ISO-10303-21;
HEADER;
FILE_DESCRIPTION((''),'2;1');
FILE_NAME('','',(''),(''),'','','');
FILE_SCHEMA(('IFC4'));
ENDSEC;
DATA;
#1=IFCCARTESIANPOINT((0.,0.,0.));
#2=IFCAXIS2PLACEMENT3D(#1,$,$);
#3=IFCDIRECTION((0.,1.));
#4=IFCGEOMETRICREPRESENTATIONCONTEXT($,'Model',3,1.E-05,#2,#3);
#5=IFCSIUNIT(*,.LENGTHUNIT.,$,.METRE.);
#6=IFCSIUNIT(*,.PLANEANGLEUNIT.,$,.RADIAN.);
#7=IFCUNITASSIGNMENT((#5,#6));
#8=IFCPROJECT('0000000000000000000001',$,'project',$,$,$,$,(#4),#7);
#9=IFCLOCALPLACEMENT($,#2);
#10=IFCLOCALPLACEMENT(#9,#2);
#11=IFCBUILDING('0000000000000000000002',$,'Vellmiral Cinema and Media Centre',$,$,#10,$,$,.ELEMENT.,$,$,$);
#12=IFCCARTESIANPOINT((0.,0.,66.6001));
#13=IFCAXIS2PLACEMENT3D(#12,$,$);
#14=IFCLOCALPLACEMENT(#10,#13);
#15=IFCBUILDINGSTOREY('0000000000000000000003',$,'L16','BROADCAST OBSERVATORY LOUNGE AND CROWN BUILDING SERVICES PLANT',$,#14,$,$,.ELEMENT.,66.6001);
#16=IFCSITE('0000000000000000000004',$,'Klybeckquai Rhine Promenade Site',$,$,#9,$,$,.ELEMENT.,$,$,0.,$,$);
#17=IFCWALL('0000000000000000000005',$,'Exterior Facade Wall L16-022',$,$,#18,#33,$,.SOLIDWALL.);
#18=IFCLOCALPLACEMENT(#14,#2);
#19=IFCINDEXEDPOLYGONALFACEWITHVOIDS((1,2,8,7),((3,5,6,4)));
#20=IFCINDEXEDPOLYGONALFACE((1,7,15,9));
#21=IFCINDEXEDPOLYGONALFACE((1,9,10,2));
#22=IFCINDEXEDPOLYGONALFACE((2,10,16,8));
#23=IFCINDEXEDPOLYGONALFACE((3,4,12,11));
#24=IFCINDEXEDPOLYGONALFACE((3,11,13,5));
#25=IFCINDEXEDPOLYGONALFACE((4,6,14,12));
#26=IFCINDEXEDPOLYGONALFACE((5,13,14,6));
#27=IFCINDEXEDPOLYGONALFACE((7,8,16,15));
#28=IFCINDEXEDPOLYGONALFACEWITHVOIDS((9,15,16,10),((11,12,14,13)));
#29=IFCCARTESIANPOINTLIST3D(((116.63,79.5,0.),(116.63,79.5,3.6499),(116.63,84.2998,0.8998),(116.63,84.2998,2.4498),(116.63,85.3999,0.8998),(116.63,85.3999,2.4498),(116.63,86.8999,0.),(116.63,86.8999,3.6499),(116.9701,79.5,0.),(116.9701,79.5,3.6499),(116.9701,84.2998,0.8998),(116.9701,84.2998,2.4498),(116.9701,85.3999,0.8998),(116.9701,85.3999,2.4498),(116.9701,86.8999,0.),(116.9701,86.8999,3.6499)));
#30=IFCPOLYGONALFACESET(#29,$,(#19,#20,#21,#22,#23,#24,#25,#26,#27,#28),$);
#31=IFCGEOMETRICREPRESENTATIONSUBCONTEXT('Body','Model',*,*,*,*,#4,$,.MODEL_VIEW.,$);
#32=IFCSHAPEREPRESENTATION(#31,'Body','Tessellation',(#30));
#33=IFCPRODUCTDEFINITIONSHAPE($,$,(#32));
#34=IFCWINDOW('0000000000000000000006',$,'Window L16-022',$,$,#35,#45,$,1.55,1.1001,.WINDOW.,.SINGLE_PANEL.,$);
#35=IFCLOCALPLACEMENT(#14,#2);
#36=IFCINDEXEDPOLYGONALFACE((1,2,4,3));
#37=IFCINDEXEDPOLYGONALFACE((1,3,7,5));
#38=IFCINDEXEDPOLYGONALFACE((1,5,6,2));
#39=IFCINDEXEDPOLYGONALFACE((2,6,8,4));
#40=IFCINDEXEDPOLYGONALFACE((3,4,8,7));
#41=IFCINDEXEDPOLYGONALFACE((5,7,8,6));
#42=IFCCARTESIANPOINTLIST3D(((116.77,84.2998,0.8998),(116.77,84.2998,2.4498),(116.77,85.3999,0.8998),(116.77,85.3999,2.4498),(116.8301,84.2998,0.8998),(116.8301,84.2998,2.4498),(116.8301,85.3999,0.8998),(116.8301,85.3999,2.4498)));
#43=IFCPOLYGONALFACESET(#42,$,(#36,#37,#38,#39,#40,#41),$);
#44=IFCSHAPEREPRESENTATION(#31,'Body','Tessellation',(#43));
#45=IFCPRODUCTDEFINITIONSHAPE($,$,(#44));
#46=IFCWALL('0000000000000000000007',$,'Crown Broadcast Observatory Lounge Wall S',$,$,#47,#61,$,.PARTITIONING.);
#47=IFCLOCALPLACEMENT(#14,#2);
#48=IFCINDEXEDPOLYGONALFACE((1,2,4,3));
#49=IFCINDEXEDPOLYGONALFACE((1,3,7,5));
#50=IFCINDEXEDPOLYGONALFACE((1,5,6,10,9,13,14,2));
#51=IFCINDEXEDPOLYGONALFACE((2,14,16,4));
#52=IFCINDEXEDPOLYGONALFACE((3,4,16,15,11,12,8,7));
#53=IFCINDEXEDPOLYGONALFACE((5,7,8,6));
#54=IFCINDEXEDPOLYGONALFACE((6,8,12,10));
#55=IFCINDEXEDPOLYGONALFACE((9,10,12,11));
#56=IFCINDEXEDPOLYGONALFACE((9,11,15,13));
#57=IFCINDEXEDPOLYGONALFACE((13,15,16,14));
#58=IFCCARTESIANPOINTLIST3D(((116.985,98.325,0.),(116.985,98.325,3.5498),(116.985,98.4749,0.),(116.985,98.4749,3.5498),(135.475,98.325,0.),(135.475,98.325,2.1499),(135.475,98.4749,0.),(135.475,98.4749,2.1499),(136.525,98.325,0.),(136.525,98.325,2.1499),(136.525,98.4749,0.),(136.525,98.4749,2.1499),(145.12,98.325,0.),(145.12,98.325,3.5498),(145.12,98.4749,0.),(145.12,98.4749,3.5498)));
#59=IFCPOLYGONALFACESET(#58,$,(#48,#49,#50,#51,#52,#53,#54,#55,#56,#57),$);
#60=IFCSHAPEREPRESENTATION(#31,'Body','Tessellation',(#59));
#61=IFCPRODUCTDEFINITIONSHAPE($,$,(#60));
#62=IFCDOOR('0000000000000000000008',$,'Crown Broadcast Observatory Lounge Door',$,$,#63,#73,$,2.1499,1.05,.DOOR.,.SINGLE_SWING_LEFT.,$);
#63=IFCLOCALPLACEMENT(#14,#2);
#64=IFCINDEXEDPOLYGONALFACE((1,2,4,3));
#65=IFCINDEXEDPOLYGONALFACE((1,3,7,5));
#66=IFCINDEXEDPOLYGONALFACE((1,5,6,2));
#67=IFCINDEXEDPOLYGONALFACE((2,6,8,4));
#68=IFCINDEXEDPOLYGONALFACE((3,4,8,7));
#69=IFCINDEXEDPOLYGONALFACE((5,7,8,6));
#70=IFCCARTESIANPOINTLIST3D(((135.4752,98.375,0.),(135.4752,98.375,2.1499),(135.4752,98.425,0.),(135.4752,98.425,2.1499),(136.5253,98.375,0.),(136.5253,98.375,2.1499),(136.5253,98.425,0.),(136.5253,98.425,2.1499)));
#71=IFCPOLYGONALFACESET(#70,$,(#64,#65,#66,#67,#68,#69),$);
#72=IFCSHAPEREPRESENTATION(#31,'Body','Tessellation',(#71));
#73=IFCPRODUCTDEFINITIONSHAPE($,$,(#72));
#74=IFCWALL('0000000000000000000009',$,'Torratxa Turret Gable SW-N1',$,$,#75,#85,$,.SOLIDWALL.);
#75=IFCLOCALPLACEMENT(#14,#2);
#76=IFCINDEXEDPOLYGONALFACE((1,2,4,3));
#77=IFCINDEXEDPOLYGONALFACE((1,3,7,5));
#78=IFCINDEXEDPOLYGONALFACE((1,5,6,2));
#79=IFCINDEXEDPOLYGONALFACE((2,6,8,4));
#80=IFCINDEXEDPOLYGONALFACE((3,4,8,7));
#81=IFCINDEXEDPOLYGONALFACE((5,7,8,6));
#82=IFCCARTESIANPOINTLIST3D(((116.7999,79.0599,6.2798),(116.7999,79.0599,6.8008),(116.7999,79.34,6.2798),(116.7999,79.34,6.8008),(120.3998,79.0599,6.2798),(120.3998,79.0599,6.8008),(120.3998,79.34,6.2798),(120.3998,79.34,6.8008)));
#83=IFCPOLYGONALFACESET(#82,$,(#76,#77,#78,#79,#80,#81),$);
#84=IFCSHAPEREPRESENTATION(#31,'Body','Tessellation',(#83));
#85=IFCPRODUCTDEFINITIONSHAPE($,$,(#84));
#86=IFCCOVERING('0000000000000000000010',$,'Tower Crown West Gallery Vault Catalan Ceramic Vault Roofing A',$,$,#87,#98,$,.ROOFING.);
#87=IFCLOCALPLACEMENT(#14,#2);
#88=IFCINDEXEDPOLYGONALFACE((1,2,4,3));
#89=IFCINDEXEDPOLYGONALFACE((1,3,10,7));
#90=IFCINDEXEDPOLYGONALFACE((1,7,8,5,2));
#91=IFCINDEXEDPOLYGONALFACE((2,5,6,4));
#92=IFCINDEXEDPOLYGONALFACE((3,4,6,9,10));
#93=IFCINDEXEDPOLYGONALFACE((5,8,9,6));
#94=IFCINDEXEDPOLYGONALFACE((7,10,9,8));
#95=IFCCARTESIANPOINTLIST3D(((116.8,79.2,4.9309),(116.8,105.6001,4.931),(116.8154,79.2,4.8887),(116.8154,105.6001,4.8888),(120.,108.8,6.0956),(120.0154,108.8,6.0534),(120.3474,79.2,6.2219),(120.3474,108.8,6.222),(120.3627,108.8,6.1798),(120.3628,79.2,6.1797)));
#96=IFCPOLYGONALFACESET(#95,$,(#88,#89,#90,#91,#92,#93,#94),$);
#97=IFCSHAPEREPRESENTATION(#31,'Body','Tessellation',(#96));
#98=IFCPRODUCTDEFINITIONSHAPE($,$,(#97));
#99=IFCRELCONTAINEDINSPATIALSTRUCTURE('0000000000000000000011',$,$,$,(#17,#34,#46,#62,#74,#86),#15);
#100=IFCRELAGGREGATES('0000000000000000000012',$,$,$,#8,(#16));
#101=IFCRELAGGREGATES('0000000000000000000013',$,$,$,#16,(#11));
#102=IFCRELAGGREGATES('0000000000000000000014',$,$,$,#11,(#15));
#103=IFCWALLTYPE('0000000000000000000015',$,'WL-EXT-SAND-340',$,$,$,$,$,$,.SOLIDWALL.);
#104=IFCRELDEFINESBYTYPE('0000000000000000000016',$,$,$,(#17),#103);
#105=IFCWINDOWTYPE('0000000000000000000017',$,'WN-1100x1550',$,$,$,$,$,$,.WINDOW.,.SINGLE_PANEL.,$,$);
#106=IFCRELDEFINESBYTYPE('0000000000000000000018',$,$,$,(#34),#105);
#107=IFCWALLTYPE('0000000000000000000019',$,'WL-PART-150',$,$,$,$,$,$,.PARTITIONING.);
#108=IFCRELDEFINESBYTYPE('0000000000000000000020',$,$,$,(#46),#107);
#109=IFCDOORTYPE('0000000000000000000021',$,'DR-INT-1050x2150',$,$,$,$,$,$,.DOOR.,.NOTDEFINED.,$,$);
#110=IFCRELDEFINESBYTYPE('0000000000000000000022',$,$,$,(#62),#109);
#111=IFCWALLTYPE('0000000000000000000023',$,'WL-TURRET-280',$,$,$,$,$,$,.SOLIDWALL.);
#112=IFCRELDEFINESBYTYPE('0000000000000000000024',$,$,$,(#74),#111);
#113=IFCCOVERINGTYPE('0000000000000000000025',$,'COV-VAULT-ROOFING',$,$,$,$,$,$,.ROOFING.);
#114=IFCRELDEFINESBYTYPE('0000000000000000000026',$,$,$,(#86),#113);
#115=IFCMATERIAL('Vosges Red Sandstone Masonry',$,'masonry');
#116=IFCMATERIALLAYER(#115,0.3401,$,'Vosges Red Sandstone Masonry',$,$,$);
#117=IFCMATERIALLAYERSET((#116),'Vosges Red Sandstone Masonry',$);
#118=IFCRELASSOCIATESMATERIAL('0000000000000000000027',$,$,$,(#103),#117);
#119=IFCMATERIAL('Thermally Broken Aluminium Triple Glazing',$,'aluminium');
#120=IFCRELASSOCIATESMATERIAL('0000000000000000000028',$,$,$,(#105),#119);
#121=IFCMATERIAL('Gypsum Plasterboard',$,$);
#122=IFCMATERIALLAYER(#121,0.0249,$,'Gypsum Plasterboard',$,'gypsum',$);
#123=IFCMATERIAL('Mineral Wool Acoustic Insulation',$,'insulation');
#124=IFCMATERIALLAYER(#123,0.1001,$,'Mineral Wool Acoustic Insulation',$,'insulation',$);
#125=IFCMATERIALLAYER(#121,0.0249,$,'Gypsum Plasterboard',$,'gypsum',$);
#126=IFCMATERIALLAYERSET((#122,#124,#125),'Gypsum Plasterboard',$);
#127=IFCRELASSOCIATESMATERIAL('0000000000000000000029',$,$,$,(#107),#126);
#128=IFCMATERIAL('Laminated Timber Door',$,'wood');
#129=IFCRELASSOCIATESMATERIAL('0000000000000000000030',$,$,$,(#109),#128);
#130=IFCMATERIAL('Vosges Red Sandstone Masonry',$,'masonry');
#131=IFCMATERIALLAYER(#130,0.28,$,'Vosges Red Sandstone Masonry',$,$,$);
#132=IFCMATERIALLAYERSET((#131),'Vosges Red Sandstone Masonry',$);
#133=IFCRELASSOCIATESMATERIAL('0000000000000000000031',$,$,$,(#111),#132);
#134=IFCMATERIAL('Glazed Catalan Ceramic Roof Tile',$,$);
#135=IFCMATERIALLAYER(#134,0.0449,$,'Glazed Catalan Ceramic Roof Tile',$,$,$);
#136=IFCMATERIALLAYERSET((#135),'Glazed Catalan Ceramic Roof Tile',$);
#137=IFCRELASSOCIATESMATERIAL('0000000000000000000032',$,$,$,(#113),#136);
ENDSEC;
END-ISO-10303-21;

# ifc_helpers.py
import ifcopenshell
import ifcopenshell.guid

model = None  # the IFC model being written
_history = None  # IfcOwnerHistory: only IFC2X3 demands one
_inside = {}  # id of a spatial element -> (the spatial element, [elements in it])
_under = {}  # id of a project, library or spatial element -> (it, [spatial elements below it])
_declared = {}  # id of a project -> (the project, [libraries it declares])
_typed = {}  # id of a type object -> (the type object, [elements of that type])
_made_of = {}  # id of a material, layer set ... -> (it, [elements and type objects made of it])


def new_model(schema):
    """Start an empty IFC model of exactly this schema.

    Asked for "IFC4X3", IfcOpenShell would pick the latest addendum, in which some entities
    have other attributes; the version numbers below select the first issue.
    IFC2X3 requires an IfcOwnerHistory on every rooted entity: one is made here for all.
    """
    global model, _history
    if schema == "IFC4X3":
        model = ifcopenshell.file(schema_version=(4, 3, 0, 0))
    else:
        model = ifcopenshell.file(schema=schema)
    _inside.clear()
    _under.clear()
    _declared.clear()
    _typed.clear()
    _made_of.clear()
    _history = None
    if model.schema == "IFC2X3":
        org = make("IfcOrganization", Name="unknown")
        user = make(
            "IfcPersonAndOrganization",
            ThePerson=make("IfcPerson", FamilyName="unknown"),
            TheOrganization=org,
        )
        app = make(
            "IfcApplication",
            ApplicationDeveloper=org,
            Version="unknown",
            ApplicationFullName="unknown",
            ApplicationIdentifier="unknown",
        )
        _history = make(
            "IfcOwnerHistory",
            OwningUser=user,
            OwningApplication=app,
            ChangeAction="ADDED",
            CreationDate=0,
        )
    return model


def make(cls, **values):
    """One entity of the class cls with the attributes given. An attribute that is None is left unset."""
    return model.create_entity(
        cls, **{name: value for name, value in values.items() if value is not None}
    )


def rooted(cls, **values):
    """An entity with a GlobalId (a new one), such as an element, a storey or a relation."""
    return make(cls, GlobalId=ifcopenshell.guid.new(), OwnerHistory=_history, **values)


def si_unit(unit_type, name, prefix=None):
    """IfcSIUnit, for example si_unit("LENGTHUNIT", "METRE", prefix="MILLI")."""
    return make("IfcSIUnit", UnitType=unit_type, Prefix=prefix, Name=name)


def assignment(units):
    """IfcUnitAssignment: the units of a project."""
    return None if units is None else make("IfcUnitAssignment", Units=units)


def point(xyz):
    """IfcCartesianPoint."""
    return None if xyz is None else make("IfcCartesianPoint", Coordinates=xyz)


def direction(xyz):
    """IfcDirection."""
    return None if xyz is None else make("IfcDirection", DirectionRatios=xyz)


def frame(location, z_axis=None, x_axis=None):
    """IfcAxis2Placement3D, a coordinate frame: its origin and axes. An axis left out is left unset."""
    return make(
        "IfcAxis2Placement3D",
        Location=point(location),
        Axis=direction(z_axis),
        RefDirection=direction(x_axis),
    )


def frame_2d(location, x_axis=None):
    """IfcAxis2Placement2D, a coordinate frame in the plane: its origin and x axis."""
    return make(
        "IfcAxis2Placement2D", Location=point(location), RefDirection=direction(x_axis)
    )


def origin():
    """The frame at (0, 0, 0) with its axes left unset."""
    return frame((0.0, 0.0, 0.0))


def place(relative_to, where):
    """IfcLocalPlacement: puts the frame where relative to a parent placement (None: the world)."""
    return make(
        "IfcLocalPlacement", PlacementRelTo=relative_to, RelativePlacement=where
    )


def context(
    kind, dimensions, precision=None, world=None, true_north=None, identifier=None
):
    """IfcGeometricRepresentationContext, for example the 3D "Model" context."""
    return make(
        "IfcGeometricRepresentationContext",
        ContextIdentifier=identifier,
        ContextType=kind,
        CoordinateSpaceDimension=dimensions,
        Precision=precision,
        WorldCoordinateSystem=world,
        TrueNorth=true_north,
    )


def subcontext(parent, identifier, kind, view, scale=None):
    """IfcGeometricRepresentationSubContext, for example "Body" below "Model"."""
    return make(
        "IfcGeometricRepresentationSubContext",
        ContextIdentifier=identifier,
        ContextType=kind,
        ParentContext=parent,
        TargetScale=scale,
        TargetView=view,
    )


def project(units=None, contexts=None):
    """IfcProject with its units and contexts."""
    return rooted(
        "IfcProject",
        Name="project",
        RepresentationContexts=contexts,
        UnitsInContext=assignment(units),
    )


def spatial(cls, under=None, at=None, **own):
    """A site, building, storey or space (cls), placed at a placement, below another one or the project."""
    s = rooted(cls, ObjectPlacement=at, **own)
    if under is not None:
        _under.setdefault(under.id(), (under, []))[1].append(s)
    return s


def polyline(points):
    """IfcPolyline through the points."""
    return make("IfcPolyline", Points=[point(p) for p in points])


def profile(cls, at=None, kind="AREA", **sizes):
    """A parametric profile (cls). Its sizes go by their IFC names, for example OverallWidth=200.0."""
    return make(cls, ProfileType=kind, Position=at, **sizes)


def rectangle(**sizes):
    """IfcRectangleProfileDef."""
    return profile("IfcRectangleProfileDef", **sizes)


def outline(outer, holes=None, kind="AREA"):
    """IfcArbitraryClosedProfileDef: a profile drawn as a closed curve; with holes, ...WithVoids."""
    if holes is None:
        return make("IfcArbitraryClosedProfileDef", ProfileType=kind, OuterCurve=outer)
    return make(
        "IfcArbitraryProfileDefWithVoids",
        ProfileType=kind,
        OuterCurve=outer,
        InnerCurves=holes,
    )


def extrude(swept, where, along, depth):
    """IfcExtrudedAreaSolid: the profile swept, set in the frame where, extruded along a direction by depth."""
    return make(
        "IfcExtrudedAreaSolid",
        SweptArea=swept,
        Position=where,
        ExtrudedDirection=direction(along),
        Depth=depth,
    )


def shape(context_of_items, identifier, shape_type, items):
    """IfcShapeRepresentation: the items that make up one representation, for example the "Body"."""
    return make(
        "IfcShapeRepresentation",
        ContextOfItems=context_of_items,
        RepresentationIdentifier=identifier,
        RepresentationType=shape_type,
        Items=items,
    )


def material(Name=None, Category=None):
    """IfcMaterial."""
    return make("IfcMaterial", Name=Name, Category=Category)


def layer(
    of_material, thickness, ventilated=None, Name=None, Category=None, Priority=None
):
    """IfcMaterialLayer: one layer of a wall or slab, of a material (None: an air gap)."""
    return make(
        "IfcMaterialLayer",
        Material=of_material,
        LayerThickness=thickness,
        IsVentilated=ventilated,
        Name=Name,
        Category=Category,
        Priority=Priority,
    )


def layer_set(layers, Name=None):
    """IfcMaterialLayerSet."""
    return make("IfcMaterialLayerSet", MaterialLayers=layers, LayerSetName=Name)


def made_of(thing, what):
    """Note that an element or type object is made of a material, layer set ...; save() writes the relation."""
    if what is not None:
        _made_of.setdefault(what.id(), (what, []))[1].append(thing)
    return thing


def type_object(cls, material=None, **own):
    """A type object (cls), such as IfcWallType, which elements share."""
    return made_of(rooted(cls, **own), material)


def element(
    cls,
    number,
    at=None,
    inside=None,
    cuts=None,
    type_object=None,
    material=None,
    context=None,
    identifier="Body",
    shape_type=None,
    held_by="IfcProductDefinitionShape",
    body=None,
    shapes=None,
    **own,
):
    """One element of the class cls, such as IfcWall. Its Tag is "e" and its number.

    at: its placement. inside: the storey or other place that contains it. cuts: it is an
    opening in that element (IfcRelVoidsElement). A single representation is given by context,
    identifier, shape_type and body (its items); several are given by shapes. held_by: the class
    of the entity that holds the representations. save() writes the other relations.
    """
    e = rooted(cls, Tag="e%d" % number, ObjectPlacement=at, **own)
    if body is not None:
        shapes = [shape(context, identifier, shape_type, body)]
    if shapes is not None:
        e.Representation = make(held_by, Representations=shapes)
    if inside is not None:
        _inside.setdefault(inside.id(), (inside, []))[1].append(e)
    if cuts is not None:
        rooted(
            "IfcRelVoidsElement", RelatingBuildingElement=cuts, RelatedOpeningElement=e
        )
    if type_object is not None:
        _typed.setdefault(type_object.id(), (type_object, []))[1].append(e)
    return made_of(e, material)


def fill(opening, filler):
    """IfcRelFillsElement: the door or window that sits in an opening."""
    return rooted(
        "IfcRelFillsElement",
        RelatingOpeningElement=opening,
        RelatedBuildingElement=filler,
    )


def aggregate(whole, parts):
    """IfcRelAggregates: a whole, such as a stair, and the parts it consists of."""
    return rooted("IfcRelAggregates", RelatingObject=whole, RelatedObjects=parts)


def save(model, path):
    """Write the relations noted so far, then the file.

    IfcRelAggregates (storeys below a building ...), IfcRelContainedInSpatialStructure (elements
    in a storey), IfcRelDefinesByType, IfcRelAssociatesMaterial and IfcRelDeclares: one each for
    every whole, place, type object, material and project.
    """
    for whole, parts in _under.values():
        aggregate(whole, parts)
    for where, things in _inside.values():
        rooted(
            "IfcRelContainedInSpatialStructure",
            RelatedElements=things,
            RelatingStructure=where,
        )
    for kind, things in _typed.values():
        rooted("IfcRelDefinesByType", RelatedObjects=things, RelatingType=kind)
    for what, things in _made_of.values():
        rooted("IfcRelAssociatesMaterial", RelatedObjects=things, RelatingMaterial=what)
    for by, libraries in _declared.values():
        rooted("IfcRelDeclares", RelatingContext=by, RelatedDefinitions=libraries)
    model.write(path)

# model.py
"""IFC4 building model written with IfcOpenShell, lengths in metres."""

from ifc_helpers import new_model, si_unit, direction, frame, frame_2d, origin, place, context, subcontext, project, spatial, polyline, rectangle, outline, extrude, material, layer, layer_set, type_object, element, fill, save


model = new_model("IFC4")

# Units and contexts
model_context = context("Model", 3, precision=1e-05, world=origin(), true_north=direction((0.0, 1.0)))
body_context = subcontext(model_context, "Body", "Model", "MODEL_VIEW")
ifc_project = project(units=[si_unit("LENGTHUNIT", "METRE"), si_unit("PLANEANGLEUNIT", "RADIAN")], contexts=[model_context])

# Site, building, storey
site_placement = place(None, origin())
site = spatial("IfcSite", under=ifc_project, at=site_placement, Name="Klybeckquai Rhine Promenade Site", CompositionType="ELEMENT", RefElevation=0.0)
building_placement = place(site_placement, origin())
building = spatial("IfcBuilding", under=site, at=building_placement, Name="Vellmiral Cinema and Media Centre", CompositionType="ELEMENT")
storey_placement = place(building_placement, frame((0.0, 0.0, 66.6001)))
storey = spatial("IfcBuildingStorey", under=building, at=storey_placement, Name="L16", Description="BROADCAST OBSERVATORY LOUNGE AND CROWN BUILDING SERVICES PLANT", CompositionType="ELEMENT", Elevation=66.6001)

# Wall, opening, window
ifc_material_1 = material(Name="Vosges Red Sandstone Masonry", Category="masonry")
ifc_layer_1 = layer(ifc_material_1, 0.3401, Name="Vosges Red Sandstone Masonry")
ifc_layer_set_1 = layer_set([ifc_layer_1], Name="Vosges Red Sandstone Masonry")
wall_type_1 = type_object("IfcWallType", Name="WL-EXT-SAND-340", PredefinedType="SOLIDWALL", material=ifc_layer_set_1)
wall_1_placement = place(storey_placement, frame((116.8, 86.8999, 0.0), z_axis=(0.0, 0.0, 1.0), x_axis=(0.0, -1.0, 0.0)))
wall_1 = element("IfcWall", 1, at=wall_1_placement, inside=storey, type_object=wall_type_1, Name="Exterior Facade Wall L16-022", PredefinedType="SOLIDWALL", context=body_context, shape_type="SweptSolid", body=[
    extrude(rectangle(XDim=7.3999, YDim=0.3401, at=frame_2d((3.7, 0.0))), origin(), (0.0, 0.0, 1.0), 3.6499),
])
opening_1_placement = place(wall_1_placement, frame((1.5, 0.0, 0.8999)))
opening_1 = element("IfcOpeningElement", 2, at=opening_1_placement, cuts=wall_1, PredefinedType="OPENING", context=body_context, shape_type="SweptSolid", body=[
    extrude(rectangle(XDim=1.1001, YDim=1.55, at=frame_2d((0.55, 0.7749))), frame((0.0, 0.1821, 0.0), z_axis=(0.0, -1.0, 0.0), x_axis=(1.0, 0.0, 0.0)), (0.0, 0.0, 1.0), 0.364),
])
ifc_material_2 = material(Name="Thermally Broken Aluminium Triple Glazing", Category="aluminium")
window_type_1 = type_object("IfcWindowType", Name="WN-1100x1550", PartitioningType="SINGLE_PANEL", PredefinedType="WINDOW", material=ifc_material_2)
window_1_placement = place(opening_1_placement, origin())
window_1 = element("IfcWindow", 3, at=window_1_placement, inside=storey, type_object=window_type_1, Name="Window L16-022", OverallHeight=1.55, OverallWidth=1.1001, PartitioningType="SINGLE_PANEL", PredefinedType="WINDOW", context=body_context, shape_type="SweptSolid", body=[
    extrude(rectangle(XDim=1.1001, YDim=1.55, at=frame_2d((0.55, 0.7749))), frame((0.0, 0.03, 0.0), z_axis=(0.0, -1.0, 0.0), x_axis=(1.0, 0.0, 0.0)), (0.0, 0.0, 1.0), 0.0601),
])
fill(opening_1, window_1)

# Wall, opening, door
ifc_material_3 = material(Name="Gypsum Plasterboard")
ifc_layer_2 = layer(ifc_material_3, 0.0249, Name="Gypsum Plasterboard", Category="gypsum")
ifc_material_4 = material(Name="Mineral Wool Acoustic Insulation", Category="insulation")
ifc_layer_3 = layer(ifc_material_4, 0.1001, Name="Mineral Wool Acoustic Insulation", Category="insulation")
ifc_layer_4 = layer(ifc_material_3, 0.0249, Name="Gypsum Plasterboard", Category="gypsum")
ifc_layer_set_2 = layer_set([ifc_layer_2, ifc_layer_3, ifc_layer_4], Name="Gypsum Plasterboard")
wall_type_2 = type_object("IfcWallType", Name="WL-PART-150", PredefinedType="PARTITIONING", material=ifc_layer_set_2)
wall_2_placement = place(storey_placement, frame((116.9851, 98.3999, 0.0), z_axis=(0.0, 0.0, 1.0), x_axis=(1.0, 0.0, 0.0)))
wall_2 = element("IfcWall", 4, at=wall_2_placement, inside=storey, type_object=wall_type_2, Name="Crown Broadcast Observatory Lounge Wall S", PredefinedType="PARTITIONING", context=body_context, shape_type="SweptSolid", body=[
    extrude(rectangle(XDim=28.135, YDim=0.1499, at=frame_2d((14.0674, 0.0))), origin(), (0.0, 0.0, 1.0), 3.5498),
])
opening_2_placement = place(wall_2_placement, frame((18.49, 0.0, 0.0)))
opening_2 = element("IfcOpeningElement", 5, at=opening_2_placement, cuts=wall_2, PredefinedType="OPENING", context=body_context, shape_type="SweptSolid", body=[
    extrude(rectangle(XDim=1.05, YDim=2.1499, at=frame_2d((0.5249, 1.075))), frame((0.0, 0.0869, 0.0), z_axis=(0.0, -1.0, 0.0), x_axis=(1.0, 0.0, 0.0)), (0.0, 0.0, 1.0), 0.1738),
])
ifc_material_5 = material(Name="Laminated Timber Door", Category="wood")
door_type_1 = type_object("IfcDoorType", Name="DR-INT-1050x2150", OperationType="NOTDEFINED", PredefinedType="DOOR", material=ifc_material_5)
door_1_placement = place(opening_2_placement, frame((1.05, 0.0, 0.0), z_axis=(0.0, 0.0, 1.0), x_axis=(-1.0, 0.0, 0.0)))
door_1 = element("IfcDoor", 6, at=door_1_placement, inside=storey, type_object=door_type_1, Name="Crown Broadcast Observatory Lounge Door", OperationType="SINGLE_SWING_LEFT", OverallHeight=2.1499, OverallWidth=1.05, PredefinedType="DOOR", context=body_context, shape_type="SweptSolid", body=[
    extrude(rectangle(XDim=1.05, YDim=2.1499, at=frame_2d((0.5249, 1.075))), frame((0.0, 0.0249, 0.0), z_axis=(0.0, -1.0, 0.0), x_axis=(1.0, 0.0, 0.0)), (0.0, 0.0, 1.0), 0.05),
])
fill(opening_2, door_1)

# Wall
ifc_material_6 = material(Name="Vosges Red Sandstone Masonry", Category="masonry")
ifc_layer_5 = layer(ifc_material_6, 0.28, Name="Vosges Red Sandstone Masonry")
ifc_layer_set_3 = layer_set([ifc_layer_5], Name="Vosges Red Sandstone Masonry")
wall_type_3 = type_object("IfcWallType", Name="WL-TURRET-280", PredefinedType="SOLIDWALL", material=ifc_layer_set_3)
wall_3_placement = place(storey_placement, frame((116.8, 79.2, 6.2798), z_axis=(0.0, 0.0, 1.0), x_axis=(1.0, 0.0, 0.0)))
element("IfcWall", 7, at=wall_3_placement, inside=storey, type_object=wall_type_3, Name="Torratxa Turret Gable SW-N1", PredefinedType="SOLIDWALL", context=body_context, shape_type="SweptSolid", body=[
    extrude(rectangle(XDim=3.5999, YDim=0.28, at=frame_2d((1.7998, 0.0))), origin(), (0.0, 0.0, 1.0), 0.521),
])

# Covering
ifc_material_7 = material(Name="Glazed Catalan Ceramic Roof Tile")
ifc_layer_6 = layer(ifc_material_7, 0.0449, Name="Glazed Catalan Ceramic Roof Tile")
ifc_layer_set_4 = layer_set([ifc_layer_6], Name="Glazed Catalan Ceramic Roof Tile")
covering_type = type_object("IfcCoveringType", Name="COV-VAULT-ROOFING", PredefinedType="ROOFING", material=ifc_layer_set_4)
covering_placement = place(storey_placement, frame((116.8, 79.2, 4.9309), z_axis=(-0.341989, -0.000004, 0.939704), x_axis=(0.939704, 0.0, 0.341989)))
element("IfcCovering", 8, at=covering_placement, inside=storey, type_object=covering_type, Name="Tower Crown West Gallery Vault Catalan Ceramic Vault Roofing A", PredefinedType="ROOFING", context=body_context, shape_type="SweptSolid", body=[
    extrude(outline(polyline([(0.0, 0.0), (3.775, 0.0), (3.775, 29.6001), (3.4054, 29.6001), (0.0, 26.4001), (0.0, 0.0)])), origin(), (0.0, 0.0, -1.0), 0.0449),
])

save(model, "model.ifc")
